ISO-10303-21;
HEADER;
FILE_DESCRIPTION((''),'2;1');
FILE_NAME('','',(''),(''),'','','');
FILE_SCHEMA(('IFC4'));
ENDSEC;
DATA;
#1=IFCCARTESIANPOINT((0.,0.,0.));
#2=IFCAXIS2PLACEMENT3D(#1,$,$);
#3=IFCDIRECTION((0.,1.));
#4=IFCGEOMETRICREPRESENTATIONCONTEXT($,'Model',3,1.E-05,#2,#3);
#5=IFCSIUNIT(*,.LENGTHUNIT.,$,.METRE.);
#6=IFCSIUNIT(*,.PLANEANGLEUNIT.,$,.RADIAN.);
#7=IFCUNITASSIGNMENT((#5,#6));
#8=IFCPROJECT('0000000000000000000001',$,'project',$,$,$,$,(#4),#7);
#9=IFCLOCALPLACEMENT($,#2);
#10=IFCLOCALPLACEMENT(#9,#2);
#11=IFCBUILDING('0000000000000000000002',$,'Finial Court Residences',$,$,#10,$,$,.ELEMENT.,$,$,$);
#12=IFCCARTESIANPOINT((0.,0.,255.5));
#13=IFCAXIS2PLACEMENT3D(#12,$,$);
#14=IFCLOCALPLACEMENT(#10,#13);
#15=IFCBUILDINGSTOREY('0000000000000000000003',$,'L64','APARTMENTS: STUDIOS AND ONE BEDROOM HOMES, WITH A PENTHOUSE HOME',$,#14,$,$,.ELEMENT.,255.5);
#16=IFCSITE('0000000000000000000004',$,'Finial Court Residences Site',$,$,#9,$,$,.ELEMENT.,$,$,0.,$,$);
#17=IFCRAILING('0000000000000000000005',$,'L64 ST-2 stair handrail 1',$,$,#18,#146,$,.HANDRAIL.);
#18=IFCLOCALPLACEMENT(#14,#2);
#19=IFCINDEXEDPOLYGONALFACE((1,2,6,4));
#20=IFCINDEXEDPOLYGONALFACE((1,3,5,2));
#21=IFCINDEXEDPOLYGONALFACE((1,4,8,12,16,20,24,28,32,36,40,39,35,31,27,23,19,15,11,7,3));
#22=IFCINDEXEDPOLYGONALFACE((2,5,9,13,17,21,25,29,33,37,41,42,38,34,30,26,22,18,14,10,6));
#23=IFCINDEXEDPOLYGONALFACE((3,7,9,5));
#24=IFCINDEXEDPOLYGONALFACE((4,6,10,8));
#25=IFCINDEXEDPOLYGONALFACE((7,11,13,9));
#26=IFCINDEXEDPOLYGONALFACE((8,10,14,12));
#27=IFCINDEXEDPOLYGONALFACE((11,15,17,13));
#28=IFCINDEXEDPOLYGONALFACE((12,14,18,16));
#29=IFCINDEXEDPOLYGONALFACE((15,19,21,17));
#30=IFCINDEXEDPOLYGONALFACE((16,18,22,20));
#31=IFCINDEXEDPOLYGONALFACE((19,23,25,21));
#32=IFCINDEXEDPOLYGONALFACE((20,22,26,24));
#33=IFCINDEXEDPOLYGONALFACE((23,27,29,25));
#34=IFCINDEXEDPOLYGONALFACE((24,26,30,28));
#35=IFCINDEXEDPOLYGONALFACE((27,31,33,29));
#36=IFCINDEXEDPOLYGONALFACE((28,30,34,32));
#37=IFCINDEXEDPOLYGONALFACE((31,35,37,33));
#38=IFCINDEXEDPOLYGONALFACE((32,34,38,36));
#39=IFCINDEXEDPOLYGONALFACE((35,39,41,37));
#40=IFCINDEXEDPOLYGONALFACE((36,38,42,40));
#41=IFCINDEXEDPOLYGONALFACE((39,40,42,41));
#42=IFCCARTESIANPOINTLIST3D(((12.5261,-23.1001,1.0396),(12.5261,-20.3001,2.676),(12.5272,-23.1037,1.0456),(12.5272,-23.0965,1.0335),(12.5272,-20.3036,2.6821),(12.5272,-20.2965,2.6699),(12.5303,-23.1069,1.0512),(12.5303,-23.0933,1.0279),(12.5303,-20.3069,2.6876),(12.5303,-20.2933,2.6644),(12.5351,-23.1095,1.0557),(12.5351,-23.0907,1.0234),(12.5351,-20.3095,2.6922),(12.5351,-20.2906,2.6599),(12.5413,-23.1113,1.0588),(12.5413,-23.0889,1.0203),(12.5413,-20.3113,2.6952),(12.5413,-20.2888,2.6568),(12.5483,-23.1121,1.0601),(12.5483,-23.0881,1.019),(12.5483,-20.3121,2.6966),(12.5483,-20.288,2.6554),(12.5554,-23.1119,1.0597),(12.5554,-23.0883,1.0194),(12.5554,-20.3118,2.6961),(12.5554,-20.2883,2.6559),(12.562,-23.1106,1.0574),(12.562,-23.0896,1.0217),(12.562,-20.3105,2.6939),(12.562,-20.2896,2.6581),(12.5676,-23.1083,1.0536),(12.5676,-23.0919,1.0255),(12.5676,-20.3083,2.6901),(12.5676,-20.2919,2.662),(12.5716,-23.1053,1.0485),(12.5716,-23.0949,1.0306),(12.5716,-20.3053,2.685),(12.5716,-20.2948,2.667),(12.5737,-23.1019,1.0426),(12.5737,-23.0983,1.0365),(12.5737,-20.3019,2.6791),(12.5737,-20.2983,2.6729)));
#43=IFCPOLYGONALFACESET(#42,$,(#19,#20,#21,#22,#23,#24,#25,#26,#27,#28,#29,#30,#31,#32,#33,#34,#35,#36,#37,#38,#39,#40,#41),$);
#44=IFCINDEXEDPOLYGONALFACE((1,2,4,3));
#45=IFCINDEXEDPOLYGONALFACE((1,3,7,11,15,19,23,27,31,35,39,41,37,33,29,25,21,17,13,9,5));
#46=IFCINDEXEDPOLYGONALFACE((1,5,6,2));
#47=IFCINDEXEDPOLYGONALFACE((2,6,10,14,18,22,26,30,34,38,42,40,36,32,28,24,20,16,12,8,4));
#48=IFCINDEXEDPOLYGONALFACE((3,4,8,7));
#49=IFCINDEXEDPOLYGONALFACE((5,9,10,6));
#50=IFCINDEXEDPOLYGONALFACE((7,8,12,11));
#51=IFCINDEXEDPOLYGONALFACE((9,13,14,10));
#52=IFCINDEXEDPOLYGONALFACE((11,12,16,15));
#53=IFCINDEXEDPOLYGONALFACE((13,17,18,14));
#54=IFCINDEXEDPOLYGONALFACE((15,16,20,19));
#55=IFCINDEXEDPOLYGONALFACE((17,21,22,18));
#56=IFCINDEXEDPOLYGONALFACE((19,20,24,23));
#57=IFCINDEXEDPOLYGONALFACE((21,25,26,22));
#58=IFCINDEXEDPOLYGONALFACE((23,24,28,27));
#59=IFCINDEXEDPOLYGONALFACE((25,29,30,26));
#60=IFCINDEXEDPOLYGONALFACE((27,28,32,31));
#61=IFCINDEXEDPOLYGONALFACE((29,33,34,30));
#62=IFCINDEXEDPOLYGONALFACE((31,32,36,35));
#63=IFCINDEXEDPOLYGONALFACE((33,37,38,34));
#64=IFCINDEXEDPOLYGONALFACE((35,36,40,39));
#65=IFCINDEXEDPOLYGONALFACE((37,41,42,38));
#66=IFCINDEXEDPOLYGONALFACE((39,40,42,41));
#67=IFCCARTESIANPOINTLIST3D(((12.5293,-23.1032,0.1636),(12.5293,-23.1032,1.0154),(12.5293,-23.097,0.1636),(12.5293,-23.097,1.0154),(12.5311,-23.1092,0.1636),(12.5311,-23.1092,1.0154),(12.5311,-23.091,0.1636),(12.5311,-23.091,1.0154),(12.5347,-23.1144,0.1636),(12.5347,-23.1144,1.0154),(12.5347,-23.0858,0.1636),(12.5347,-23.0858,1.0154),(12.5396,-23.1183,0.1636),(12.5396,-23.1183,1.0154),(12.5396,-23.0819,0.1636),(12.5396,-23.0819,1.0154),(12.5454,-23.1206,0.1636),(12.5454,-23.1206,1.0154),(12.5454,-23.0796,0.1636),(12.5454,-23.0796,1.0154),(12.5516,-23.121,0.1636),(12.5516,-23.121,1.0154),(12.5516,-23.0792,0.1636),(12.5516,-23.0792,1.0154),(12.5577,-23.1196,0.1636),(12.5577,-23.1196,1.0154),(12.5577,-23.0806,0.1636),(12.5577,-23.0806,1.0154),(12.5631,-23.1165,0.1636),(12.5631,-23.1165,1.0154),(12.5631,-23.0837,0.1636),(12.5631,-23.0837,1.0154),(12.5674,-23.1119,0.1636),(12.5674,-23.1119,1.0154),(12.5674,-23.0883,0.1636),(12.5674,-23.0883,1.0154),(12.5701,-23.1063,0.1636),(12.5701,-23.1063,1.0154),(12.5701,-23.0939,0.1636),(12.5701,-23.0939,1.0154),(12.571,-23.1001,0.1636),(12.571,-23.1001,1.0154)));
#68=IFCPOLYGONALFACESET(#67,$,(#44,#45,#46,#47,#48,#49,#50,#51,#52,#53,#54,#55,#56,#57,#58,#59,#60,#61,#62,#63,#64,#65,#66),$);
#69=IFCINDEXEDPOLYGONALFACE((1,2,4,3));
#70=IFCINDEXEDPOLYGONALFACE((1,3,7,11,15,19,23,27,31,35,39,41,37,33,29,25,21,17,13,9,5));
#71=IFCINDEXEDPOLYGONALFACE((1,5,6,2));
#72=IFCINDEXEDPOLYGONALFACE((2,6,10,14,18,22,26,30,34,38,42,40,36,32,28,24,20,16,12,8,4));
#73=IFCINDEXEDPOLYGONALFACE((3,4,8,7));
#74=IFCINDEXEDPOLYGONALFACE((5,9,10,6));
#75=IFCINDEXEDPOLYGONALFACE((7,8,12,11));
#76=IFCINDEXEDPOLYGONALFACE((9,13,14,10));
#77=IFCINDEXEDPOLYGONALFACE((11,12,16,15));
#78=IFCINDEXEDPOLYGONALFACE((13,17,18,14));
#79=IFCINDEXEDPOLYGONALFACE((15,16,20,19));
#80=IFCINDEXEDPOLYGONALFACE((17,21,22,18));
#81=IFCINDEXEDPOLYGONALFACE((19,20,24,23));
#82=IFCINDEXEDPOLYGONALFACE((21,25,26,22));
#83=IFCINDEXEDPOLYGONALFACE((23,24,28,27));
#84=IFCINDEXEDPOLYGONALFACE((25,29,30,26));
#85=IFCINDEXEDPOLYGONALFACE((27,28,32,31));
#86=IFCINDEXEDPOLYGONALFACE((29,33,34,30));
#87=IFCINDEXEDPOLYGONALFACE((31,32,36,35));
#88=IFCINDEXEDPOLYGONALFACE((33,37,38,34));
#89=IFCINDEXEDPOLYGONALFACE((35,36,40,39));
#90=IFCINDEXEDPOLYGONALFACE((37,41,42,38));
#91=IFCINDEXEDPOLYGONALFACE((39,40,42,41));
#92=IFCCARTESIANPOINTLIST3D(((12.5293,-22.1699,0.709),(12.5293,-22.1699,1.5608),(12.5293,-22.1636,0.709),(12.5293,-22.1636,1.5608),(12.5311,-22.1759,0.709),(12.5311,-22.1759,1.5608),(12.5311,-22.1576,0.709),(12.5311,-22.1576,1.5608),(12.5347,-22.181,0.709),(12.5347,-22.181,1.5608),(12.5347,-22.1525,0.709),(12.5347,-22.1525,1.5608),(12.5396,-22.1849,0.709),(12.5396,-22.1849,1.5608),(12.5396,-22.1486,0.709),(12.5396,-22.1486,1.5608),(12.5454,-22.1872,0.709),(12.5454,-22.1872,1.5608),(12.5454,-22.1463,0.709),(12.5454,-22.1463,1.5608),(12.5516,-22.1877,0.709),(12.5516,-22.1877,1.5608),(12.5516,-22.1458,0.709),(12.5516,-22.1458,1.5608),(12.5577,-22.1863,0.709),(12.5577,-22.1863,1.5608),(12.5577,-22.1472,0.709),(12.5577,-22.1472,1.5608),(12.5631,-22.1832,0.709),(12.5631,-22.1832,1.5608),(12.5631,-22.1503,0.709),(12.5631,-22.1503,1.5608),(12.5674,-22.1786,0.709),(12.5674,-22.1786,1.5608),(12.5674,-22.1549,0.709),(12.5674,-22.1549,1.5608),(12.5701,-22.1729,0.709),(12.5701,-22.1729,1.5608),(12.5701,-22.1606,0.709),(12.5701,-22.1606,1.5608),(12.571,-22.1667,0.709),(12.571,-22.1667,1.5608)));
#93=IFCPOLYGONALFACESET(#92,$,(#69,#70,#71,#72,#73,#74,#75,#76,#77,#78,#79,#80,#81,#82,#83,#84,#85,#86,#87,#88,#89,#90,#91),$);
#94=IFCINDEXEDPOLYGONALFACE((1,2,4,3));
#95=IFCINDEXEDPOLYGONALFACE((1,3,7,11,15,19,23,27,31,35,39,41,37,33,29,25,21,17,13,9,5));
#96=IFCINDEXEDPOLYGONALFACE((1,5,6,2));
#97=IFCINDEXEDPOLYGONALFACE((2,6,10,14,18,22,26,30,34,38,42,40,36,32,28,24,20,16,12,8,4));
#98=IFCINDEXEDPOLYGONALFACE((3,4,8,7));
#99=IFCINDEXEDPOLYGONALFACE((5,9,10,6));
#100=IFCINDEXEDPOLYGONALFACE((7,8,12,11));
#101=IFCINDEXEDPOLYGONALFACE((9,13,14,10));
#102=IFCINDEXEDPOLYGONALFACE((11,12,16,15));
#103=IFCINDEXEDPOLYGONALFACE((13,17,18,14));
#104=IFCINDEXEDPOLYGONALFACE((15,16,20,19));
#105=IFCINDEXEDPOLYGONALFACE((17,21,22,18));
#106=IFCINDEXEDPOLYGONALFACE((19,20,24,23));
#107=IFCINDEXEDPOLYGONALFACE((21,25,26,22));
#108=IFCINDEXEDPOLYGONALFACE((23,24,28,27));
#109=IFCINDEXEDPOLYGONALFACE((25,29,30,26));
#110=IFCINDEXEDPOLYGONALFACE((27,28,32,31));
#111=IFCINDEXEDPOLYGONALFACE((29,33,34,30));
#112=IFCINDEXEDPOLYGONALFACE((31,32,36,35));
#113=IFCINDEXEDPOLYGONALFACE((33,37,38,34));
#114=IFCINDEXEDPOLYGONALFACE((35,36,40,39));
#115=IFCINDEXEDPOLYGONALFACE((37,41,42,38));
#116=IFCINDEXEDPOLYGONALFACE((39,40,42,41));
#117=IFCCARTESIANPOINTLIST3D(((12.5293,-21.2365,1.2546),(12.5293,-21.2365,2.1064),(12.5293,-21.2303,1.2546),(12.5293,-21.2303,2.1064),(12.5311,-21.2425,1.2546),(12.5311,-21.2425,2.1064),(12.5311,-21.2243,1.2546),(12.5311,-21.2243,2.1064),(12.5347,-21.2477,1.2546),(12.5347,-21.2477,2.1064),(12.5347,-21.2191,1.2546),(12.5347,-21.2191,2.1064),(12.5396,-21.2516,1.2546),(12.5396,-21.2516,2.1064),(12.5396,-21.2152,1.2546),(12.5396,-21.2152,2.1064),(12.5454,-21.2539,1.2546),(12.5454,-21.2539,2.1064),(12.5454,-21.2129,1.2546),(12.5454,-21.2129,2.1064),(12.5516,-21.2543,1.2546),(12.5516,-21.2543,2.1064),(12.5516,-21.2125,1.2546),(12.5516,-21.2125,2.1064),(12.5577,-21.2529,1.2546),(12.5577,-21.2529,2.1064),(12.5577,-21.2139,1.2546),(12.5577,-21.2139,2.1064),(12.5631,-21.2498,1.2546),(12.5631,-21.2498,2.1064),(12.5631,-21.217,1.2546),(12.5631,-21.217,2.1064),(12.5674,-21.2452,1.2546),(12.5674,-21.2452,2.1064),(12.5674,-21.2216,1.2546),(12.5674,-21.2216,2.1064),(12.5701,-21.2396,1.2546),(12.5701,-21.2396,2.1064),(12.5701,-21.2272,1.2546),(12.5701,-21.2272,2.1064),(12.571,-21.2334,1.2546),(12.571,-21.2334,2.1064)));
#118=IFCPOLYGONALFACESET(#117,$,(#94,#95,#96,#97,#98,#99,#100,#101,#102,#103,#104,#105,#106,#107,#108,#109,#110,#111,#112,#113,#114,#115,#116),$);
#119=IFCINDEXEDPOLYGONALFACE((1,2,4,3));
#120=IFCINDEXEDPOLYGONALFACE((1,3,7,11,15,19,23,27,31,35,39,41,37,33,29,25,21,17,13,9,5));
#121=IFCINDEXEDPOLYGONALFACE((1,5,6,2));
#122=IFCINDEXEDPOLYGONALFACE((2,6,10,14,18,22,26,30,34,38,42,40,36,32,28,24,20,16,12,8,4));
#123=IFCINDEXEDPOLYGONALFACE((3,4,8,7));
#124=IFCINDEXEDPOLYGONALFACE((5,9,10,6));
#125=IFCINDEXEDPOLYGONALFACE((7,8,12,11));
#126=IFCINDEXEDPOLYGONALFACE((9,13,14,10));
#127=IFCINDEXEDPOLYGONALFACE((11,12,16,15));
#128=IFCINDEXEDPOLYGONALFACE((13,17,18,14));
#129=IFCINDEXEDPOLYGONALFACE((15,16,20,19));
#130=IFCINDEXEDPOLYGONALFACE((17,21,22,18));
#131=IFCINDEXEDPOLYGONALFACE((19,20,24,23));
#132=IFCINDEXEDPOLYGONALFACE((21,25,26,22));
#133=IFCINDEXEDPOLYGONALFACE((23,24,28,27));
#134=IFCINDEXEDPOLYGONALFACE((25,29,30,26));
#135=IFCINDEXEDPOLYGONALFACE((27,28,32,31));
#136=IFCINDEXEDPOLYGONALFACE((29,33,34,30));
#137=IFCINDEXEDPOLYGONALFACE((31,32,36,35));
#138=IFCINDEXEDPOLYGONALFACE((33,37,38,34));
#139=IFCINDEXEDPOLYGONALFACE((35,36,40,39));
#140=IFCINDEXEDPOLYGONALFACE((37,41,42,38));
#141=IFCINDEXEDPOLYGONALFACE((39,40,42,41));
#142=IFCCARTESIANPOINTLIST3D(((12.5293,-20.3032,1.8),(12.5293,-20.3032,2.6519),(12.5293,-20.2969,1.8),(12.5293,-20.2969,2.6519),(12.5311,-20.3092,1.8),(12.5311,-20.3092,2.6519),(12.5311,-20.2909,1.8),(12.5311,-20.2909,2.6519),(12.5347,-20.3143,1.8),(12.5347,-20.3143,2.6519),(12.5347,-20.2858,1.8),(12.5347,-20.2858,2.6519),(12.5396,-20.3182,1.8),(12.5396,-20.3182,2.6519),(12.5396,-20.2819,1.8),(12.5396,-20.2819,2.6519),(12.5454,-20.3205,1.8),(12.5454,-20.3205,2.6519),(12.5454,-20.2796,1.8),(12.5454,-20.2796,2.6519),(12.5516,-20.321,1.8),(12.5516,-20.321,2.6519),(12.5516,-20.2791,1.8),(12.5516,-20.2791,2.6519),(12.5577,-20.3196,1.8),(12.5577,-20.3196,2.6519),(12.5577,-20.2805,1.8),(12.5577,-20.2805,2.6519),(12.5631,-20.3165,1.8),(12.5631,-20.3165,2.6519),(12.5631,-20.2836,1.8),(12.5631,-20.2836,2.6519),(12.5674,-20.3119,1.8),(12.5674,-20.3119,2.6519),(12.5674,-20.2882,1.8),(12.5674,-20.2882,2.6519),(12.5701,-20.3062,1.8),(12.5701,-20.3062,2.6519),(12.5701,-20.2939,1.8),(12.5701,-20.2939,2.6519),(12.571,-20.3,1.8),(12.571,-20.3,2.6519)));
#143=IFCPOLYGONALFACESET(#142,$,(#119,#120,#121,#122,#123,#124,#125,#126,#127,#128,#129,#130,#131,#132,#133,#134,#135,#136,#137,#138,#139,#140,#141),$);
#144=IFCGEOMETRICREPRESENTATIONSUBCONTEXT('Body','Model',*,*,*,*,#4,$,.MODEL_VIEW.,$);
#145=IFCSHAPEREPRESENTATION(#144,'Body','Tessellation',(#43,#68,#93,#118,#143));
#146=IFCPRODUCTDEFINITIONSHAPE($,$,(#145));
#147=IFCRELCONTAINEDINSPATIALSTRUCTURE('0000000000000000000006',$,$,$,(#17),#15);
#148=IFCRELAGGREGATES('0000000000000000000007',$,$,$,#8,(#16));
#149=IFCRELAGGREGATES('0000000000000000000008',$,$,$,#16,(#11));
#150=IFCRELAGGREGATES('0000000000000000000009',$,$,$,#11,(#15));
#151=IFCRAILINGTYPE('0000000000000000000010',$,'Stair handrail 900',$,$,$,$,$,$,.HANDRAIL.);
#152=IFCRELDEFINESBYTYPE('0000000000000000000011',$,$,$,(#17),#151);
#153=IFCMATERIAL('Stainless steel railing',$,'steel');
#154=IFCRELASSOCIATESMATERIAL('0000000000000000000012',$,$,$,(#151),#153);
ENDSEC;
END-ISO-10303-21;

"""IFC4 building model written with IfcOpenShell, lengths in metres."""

from ifc_helpers import new_model, si_unit, direction, frame, origin, origin_2d, place, context, subcontext, project, spatial, circle, extrude, material, type_object, element, save


model = new_model("IFC4")

# Units and contexts
model_context = context("Model", 3, precision=1e-05, world=origin(), true_north=direction((0.0, 1.0)))
body_context = subcontext(model_context, "Body", "Model", "MODEL_VIEW")
ifc_project = project(units=[si_unit("LENGTHUNIT", "METRE"), si_unit("PLANEANGLEUNIT", "RADIAN")], contexts=[model_context])

# Site, building, storey
site_placement = place(None, origin())
site = spatial("IfcSite", under=ifc_project, at=site_placement, Name="Finial Court Residences Site", CompositionType="ELEMENT", RefElevation=0.0)
building_placement = place(site_placement, origin())
building = spatial("IfcBuilding", under=site, at=building_placement, Name="Finial Court Residences", CompositionType="ELEMENT")
storey_placement = place(building_placement, frame((0.0, 0.0, 255.5)))
storey = spatial("IfcBuildingStorey", under=building, at=storey_placement, Name="L64", Description="APARTMENTS: STUDIOS AND ONE BEDROOM HOMES, WITH A PENTHOUSE HOME", CompositionType="ELEMENT", Elevation=255.5)

# Railing
ifc_material_1 = material(Name="Stainless steel railing", Category="steel")
railing_type_1 = type_object("IfcRailingType", Name="Stair handrail 900", PredefinedType="HANDRAIL", material=ifc_material_1)
railing_1_placement = place(storey_placement, frame((12.55, -23.1001, 0.1636)))
element("IfcRailing", 1, at=railing_1_placement, inside=storey, type_object=railing_type_1, Name="L64 ST-2 stair handrail 1", PredefinedType="HANDRAIL", context=body_context, shape_type="SweptSolid", body=[
    extrude(circle(Radius=0.0239, at=origin_2d()), frame((0.0, 0.0, 0.876), z_axis=(0.0, 0.863361, 0.504587), x_axis=(-1.0, 0.0, 0.0)), (0.0, 0.0, 1.0), 3.2432),
    extrude(circle(Radius=0.021, at=origin_2d()), origin(), (0.0, 0.0, 1.0), 0.8518),
    extrude(circle(Radius=0.021, at=origin_2d()), frame((0.0, 0.9333, 0.5454)), (0.0, 0.0, 1.0), 0.8518),
    extrude(circle(Radius=0.021, at=origin_2d()), frame((0.0, 1.8667, 1.0911)), (0.0, 0.0, 1.0), 0.8518),
    extrude(circle(Radius=0.021, at=origin_2d()), frame((0.0, 2.8, 1.6365)), (0.0, 0.0, 1.0), 0.8518),
])

save(model, "model.ifc")
